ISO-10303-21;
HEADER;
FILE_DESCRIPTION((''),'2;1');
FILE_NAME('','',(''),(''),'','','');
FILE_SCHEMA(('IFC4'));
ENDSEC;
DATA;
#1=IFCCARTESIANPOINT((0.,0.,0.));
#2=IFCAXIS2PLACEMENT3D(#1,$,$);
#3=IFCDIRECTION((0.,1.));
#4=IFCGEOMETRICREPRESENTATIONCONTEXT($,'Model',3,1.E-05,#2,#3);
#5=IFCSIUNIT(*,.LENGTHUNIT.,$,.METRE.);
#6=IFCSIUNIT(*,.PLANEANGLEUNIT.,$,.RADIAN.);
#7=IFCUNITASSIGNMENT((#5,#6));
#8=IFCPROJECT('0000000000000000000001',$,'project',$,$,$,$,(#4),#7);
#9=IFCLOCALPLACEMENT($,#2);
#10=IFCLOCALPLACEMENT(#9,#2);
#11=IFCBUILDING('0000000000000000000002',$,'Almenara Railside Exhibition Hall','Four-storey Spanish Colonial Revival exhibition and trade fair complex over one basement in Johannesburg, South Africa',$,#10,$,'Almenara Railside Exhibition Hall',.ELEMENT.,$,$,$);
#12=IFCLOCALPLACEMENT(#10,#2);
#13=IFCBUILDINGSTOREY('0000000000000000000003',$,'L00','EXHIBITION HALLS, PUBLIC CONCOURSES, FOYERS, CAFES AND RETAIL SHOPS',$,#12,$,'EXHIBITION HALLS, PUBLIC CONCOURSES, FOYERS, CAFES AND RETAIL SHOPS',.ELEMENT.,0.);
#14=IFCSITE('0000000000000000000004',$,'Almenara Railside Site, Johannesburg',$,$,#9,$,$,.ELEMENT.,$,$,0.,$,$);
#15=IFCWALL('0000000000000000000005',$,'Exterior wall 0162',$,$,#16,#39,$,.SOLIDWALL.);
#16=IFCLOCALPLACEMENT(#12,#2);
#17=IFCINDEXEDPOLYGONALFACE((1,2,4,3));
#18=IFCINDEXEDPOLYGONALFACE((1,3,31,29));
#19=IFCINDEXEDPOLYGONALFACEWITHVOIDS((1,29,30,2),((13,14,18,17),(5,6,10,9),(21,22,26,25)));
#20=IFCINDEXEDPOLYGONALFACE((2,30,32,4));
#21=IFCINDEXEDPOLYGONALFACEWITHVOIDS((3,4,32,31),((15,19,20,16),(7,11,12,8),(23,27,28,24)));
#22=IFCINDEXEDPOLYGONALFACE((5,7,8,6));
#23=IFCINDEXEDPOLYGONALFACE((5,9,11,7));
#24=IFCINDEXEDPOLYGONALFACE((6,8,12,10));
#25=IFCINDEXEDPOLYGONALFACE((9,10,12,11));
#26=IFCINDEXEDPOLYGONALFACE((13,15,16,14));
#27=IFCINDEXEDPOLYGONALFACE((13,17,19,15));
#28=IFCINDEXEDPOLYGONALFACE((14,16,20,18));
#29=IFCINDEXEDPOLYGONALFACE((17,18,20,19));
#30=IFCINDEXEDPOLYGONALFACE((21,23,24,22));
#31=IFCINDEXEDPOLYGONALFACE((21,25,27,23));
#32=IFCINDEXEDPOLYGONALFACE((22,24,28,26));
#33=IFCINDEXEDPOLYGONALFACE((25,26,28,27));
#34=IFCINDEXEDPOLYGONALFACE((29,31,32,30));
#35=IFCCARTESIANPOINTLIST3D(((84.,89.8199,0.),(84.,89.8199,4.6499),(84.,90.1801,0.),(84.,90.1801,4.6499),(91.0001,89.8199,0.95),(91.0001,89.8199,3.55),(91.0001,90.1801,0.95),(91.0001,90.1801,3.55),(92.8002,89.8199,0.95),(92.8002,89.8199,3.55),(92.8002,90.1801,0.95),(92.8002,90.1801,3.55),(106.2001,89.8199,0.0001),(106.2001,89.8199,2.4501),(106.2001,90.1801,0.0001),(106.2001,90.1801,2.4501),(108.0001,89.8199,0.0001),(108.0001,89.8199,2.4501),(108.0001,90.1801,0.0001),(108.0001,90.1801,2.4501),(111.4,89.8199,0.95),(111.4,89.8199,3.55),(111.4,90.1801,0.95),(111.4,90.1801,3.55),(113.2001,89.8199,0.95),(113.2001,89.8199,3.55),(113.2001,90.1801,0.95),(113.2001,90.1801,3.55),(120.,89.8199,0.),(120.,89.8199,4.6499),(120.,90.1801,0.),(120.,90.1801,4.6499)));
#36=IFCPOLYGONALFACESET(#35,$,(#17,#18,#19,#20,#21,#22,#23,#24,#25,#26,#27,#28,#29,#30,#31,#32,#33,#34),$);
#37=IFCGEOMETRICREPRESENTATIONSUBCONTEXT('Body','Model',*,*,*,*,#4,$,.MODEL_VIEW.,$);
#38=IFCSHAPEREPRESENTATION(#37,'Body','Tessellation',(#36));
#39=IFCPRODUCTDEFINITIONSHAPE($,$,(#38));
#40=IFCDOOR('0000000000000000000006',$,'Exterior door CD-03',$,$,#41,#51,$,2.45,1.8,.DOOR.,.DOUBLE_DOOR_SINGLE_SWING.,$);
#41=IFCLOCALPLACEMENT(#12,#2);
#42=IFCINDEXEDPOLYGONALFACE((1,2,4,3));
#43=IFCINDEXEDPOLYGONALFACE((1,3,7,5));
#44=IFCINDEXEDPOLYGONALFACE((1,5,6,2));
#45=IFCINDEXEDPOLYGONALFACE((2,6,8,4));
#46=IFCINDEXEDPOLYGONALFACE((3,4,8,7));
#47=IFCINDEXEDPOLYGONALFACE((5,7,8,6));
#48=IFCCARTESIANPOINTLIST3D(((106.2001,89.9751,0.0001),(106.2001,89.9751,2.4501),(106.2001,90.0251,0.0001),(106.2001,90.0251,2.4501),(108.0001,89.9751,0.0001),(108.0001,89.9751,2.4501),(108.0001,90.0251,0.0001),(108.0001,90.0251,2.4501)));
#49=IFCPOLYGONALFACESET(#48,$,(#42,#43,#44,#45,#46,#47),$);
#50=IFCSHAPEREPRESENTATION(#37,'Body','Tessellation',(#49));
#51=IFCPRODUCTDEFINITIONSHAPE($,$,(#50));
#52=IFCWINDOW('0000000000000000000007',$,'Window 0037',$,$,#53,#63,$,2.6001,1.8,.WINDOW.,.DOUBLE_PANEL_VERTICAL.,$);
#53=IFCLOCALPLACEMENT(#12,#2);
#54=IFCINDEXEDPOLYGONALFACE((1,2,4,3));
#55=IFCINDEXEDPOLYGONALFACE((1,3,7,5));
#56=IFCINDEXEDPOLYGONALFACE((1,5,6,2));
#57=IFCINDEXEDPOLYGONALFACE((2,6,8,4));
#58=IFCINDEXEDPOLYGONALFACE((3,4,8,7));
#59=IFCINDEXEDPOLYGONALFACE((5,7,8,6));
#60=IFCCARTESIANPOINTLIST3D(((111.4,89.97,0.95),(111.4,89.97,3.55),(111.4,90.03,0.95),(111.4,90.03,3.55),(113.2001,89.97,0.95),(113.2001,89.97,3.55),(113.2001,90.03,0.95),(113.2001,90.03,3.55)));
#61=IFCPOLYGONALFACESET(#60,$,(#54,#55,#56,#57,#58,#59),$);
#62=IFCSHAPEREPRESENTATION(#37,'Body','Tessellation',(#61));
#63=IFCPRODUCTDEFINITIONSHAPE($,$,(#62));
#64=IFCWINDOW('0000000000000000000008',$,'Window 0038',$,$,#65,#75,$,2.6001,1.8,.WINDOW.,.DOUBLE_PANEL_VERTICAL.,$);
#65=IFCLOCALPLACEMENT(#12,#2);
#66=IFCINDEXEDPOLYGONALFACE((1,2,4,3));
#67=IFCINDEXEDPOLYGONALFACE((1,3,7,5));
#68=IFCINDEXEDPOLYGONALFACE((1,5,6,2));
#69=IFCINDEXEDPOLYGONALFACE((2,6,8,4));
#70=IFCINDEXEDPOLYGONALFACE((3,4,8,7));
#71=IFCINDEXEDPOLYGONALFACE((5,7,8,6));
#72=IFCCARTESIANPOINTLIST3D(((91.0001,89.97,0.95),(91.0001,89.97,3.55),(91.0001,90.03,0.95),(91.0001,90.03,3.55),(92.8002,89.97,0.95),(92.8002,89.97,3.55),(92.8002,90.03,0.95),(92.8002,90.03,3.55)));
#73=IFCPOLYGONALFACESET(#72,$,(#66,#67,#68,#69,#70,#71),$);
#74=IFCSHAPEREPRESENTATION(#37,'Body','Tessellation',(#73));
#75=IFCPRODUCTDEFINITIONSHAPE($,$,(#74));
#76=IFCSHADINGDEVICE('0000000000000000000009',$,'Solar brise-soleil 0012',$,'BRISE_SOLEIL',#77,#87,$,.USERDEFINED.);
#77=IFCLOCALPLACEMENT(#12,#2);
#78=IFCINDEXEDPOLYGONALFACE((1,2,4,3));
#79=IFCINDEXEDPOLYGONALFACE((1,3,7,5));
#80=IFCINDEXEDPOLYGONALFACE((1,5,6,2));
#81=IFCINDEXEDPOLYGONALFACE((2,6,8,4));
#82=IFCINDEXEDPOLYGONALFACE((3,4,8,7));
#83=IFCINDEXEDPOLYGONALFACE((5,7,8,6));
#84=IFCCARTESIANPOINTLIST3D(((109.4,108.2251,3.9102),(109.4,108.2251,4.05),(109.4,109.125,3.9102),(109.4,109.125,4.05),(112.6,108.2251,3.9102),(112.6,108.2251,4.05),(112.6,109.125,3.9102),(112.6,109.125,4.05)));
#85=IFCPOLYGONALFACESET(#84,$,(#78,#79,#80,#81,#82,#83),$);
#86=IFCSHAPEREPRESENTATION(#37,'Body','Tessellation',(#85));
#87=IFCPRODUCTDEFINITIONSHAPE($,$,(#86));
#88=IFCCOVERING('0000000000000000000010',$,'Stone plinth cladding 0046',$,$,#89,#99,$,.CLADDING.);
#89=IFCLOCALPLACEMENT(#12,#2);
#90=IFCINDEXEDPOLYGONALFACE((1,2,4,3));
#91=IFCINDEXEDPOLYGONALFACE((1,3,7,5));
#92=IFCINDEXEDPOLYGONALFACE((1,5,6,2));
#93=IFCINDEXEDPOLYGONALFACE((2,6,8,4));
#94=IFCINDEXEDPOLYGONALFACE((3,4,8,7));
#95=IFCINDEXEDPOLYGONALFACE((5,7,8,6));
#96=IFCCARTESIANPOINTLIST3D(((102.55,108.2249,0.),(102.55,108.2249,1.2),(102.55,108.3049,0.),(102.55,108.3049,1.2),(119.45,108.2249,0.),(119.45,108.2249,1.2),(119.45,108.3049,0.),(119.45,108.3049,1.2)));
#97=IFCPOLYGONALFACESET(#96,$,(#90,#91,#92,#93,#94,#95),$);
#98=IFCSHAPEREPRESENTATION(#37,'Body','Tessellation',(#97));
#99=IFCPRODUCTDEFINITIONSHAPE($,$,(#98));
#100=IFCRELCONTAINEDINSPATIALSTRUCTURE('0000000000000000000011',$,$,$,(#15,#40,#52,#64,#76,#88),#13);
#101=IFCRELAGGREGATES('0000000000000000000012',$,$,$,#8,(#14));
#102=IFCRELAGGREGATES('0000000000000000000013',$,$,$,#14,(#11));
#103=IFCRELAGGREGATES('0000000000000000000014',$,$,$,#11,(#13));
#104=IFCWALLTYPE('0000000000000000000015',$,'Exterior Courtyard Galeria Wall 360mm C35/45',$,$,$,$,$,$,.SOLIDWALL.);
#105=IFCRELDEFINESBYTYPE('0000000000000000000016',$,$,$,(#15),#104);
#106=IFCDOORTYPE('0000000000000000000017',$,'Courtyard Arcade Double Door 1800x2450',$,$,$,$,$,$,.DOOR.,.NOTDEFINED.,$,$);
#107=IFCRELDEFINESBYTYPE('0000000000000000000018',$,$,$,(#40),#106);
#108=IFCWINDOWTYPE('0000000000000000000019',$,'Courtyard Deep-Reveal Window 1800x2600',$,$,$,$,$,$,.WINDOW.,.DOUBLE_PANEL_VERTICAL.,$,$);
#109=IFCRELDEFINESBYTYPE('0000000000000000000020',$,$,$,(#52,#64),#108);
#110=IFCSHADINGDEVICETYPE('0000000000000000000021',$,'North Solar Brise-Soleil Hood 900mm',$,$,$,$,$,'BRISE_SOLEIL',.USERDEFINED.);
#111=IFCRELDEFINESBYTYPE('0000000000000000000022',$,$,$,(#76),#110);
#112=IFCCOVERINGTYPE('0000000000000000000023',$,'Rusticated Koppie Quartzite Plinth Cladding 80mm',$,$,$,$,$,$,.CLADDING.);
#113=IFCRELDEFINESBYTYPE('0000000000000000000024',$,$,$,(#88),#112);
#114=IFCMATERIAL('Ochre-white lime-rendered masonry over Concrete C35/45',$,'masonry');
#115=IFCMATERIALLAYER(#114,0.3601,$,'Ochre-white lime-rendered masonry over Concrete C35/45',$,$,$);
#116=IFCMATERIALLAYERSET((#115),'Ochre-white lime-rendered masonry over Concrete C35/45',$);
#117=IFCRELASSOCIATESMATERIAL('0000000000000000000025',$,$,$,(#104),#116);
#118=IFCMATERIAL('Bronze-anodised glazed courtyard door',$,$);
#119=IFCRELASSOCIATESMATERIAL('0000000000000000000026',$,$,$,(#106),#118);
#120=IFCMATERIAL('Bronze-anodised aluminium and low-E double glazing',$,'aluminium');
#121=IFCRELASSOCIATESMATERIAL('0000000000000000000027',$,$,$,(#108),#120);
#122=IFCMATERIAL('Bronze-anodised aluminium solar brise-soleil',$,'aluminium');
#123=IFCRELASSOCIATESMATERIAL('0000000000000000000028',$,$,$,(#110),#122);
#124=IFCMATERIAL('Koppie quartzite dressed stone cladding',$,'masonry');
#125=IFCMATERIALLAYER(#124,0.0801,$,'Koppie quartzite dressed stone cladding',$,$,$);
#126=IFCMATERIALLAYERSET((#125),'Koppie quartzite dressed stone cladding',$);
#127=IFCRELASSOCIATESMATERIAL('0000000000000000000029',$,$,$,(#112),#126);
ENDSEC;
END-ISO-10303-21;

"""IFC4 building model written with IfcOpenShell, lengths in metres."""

from ifc_helpers import new_model, si_unit, direction, frame, frame_2d, origin, origin_2d, place, context, subcontext, project, spatial, rectangle, extrude, material, layer, layer_set, type_object, element, fill, save


model = new_model("IFC4")

# Units and contexts
model_context = context("Model", 3, precision=1e-05, world=origin(), true_north=direction((0.0, 1.0)))
body_context = subcontext(model_context, "Body", "Model", "MODEL_VIEW")
ifc_project = project(units=[si_unit("LENGTHUNIT", "METRE"), si_unit("PLANEANGLEUNIT", "RADIAN")], contexts=[model_context])

# Site, building, storey
site_placement = place(None, origin())
site = spatial("IfcSite", under=ifc_project, at=site_placement, Name="Almenara Railside Site, Johannesburg", CompositionType="ELEMENT", RefElevation=0.0)
building_placement = place(site_placement, origin())
building = spatial("IfcBuilding", under=site, at=building_placement, Name="Almenara Railside Exhibition Hall", Description="Four-storey Spanish Colonial Revival exhibition and trade fair complex over one basement in Johannesburg, South Africa", LongName="Almenara Railside Exhibition Hall", CompositionType="ELEMENT")
storey_placement = place(building_placement, origin())
storey = spatial("IfcBuildingStorey", under=building, at=storey_placement, Name="L00", Description="EXHIBITION HALLS, PUBLIC CONCOURSES, FOYERS, CAFES AND RETAIL SHOPS", LongName="EXHIBITION HALLS, PUBLIC CONCOURSES, FOYERS, CAFES AND RETAIL SHOPS", CompositionType="ELEMENT", Elevation=0.0)

# Wall, openings, door, windows
ifc_material_1 = material(Name="Ochre-white lime-rendered masonry over Concrete C35/45", Category="masonry")
ifc_layer_1 = layer(ifc_material_1, 0.3601, Name="Ochre-white lime-rendered masonry over Concrete C35/45")
ifc_layer_set_1 = layer_set([ifc_layer_1], Name="Ochre-white lime-rendered masonry over Concrete C35/45")
wall_type = type_object("IfcWallType", Name="Exterior Courtyard Galeria Wall 360mm C35/45", PredefinedType="SOLIDWALL", material=ifc_layer_set_1)
wall_placement = place(storey_placement, frame((120.0, 90.0, 0.0), z_axis=(0.0, 0.0, 1.0), x_axis=(-1.0, 0.0, 0.0)))
wall = element("IfcWall", 1, at=wall_placement, inside=storey, type_object=wall_type, Name="Exterior wall 0162", PredefinedType="SOLIDWALL", context=body_context, shape_type="SweptSolid", body=[
    extrude(rectangle(XDim=36.0, YDim=0.3601, at=frame_2d((18.0, 0.0))), origin(), (0.0, 0.0, 1.0), 4.6499),
])
opening_1_placement = place(wall_placement, frame((12.0, 0.0, 0.0)))
opening_1 = element("IfcOpeningElement", 2, at=opening_1_placement, cuts=wall, PredefinedType="OPENING", context=body_context, shape_type="SweptSolid", body=[
    extrude(rectangle(XDim=1.8, YDim=2.45, at=frame_2d((0.8999, 1.2251))), frame((0.0, 0.1899, 0.0), z_axis=(0.0, -1.0, 0.0), x_axis=(1.0, 0.0, 0.0)), (0.0, 0.0, 1.0), 0.3801),
])
opening_2_placement = place(wall_placement, frame((6.8, 0.0, 0.95)))
opening_2 = element("IfcOpeningElement", 3, at=opening_2_placement, cuts=wall, PredefinedType="OPENING", context=body_context, shape_type="SweptSolid", body=[
    extrude(rectangle(XDim=1.8, YDim=2.6001, at=frame_2d((0.8999, 1.3))), frame((0.0, 0.1899, 0.0), z_axis=(0.0, -1.0, 0.0), x_axis=(1.0, 0.0, 0.0)), (0.0, 0.0, 1.0), 0.3801),
])
opening_3_placement = place(wall_placement, frame((27.2, 0.0, 0.95)))
opening_3 = element("IfcOpeningElement", 4, at=opening_3_placement, cuts=wall, PredefinedType="OPENING", context=body_context, shape_type="SweptSolid", body=[
    extrude(rectangle(XDim=1.8, YDim=2.6001, at=frame_2d((0.8999, 1.3))), frame((0.0, 0.1899, 0.0), z_axis=(0.0, -1.0, 0.0), x_axis=(1.0, 0.0, 0.0)), (0.0, 0.0, 1.0), 0.3801),
])
ifc_material_2 = material(Name="Bronze-anodised glazed courtyard door")
door_type = type_object("IfcDoorType", Name="Courtyard Arcade Double Door 1800x2450", OperationType="NOTDEFINED", PredefinedType="DOOR", material=ifc_material_2)
door_placement = place(opening_1_placement, origin())
door = element("IfcDoor", 5, at=door_placement, inside=storey, type_object=door_type, Name="Exterior door CD-03", OperationType="DOUBLE_DOOR_SINGLE_SWING", OverallHeight=2.45, OverallWidth=1.8, PredefinedType="DOOR", context=body_context, shape_type="SweptSolid", body=[
    extrude(rectangle(XDim=1.8, YDim=2.45, at=frame_2d((0.8999, 1.2251))), frame((0.0, 0.0249, 0.0), z_axis=(0.0, -1.0, 0.0), x_axis=(1.0, 0.0, 0.0)), (0.0, 0.0, 1.0), 0.05),
])
fill(opening_1, door)
ifc_material_3 = material(Name="Bronze-anodised aluminium and low-E double glazing", Category="aluminium")
window_type = type_object("IfcWindowType", Name="Courtyard Deep-Reveal Window 1800x2600", PartitioningType="DOUBLE_PANEL_VERTICAL", PredefinedType="WINDOW", material=ifc_material_3)
window_1_placement = place(opening_2_placement, origin())
window_1 = element("IfcWindow", 6, at=window_1_placement, inside=storey, type_object=window_type, Name="Window 0037", OverallHeight=2.6001, OverallWidth=1.8, PartitioningType="DOUBLE_PANEL_VERTICAL", PredefinedType="WINDOW", context=body_context, shape_type="SweptSolid", body=[
    extrude(rectangle(XDim=1.8, YDim=2.6001, at=frame_2d((0.8999, 1.3))), frame((0.0, 0.03, 0.0), z_axis=(0.0, -1.0, 0.0), x_axis=(1.0, 0.0, 0.0)), (0.0, 0.0, 1.0), 0.0601),
])
fill(opening_2, window_1)
window_2_placement = place(opening_3_placement, origin())
window_2 = element("IfcWindow", 7, at=window_2_placement, inside=storey, type_object=window_type, Name="Window 0038", OverallHeight=2.6001, OverallWidth=1.8, PartitioningType="DOUBLE_PANEL_VERTICAL", PredefinedType="WINDOW", context=body_context, shape_type="SweptSolid", body=[
    extrude(rectangle(XDim=1.8, YDim=2.6001, at=frame_2d((0.8999, 1.3))), frame((0.0, 0.03, 0.0), z_axis=(0.0, -1.0, 0.0), x_axis=(1.0, 0.0, 0.0)), (0.0, 0.0, 1.0), 0.0601),
])
fill(opening_3, window_2)

# Shading device
ifc_material_4 = material(Name="Bronze-anodised aluminium solar brise-soleil", Category="aluminium")
shading_device_type = type_object("IfcShadingDeviceType", Name="North Solar Brise-Soleil Hood 900mm", ElementType="BRISE_SOLEIL", PredefinedType="USERDEFINED", material=ifc_material_4)
shading_device_placement = place(storey_placement, frame((111.0, 108.675, 3.9102), z_axis=(0.0, 0.0, 1.0), x_axis=(-1.0, 0.0, 0.0)))
element("IfcShadingDevice", 8, at=shading_device_placement, inside=storey, type_object=shading_device_type, Name="Solar brise-soleil 0012", ObjectType="BRISE_SOLEIL", PredefinedType="USERDEFINED", context=body_context, shape_type="SweptSolid", body=[
    extrude(rectangle(XDim=3.2, YDim=0.8999, at=origin_2d()), origin(), (0.0, 0.0, 1.0), 0.1399),
])

# Covering
ifc_material_5 = material(Name="Koppie quartzite dressed stone cladding", Category="masonry")
ifc_layer_2 = layer(ifc_material_5, 0.0801, Name="Koppie quartzite dressed stone cladding")
ifc_layer_set_2 = layer_set([ifc_layer_2], Name="Koppie quartzite dressed stone cladding")
covering_type = type_object("IfcCoveringType", Name="Rusticated Koppie Quartzite Plinth Cladding 80mm", PredefinedType="CLADDING", material=ifc_layer_set_2)
covering_placement = place(storey_placement, frame((111.0, 108.2649, 0.0), z_axis=(0.0, 0.0, 1.0), x_axis=(-1.0, 0.0, 0.0)))
element("IfcCovering", 9, at=covering_placement, inside=storey, type_object=covering_type, Name="Stone plinth cladding 0046", PredefinedType="CLADDING", context=body_context, shape_type="SweptSolid", body=[
    extrude(rectangle(XDim=16.8999, YDim=0.0801, at=origin_2d()), origin(), (0.0, 0.0, 1.0), 1.2),
])

save(model, "model.ifc")
